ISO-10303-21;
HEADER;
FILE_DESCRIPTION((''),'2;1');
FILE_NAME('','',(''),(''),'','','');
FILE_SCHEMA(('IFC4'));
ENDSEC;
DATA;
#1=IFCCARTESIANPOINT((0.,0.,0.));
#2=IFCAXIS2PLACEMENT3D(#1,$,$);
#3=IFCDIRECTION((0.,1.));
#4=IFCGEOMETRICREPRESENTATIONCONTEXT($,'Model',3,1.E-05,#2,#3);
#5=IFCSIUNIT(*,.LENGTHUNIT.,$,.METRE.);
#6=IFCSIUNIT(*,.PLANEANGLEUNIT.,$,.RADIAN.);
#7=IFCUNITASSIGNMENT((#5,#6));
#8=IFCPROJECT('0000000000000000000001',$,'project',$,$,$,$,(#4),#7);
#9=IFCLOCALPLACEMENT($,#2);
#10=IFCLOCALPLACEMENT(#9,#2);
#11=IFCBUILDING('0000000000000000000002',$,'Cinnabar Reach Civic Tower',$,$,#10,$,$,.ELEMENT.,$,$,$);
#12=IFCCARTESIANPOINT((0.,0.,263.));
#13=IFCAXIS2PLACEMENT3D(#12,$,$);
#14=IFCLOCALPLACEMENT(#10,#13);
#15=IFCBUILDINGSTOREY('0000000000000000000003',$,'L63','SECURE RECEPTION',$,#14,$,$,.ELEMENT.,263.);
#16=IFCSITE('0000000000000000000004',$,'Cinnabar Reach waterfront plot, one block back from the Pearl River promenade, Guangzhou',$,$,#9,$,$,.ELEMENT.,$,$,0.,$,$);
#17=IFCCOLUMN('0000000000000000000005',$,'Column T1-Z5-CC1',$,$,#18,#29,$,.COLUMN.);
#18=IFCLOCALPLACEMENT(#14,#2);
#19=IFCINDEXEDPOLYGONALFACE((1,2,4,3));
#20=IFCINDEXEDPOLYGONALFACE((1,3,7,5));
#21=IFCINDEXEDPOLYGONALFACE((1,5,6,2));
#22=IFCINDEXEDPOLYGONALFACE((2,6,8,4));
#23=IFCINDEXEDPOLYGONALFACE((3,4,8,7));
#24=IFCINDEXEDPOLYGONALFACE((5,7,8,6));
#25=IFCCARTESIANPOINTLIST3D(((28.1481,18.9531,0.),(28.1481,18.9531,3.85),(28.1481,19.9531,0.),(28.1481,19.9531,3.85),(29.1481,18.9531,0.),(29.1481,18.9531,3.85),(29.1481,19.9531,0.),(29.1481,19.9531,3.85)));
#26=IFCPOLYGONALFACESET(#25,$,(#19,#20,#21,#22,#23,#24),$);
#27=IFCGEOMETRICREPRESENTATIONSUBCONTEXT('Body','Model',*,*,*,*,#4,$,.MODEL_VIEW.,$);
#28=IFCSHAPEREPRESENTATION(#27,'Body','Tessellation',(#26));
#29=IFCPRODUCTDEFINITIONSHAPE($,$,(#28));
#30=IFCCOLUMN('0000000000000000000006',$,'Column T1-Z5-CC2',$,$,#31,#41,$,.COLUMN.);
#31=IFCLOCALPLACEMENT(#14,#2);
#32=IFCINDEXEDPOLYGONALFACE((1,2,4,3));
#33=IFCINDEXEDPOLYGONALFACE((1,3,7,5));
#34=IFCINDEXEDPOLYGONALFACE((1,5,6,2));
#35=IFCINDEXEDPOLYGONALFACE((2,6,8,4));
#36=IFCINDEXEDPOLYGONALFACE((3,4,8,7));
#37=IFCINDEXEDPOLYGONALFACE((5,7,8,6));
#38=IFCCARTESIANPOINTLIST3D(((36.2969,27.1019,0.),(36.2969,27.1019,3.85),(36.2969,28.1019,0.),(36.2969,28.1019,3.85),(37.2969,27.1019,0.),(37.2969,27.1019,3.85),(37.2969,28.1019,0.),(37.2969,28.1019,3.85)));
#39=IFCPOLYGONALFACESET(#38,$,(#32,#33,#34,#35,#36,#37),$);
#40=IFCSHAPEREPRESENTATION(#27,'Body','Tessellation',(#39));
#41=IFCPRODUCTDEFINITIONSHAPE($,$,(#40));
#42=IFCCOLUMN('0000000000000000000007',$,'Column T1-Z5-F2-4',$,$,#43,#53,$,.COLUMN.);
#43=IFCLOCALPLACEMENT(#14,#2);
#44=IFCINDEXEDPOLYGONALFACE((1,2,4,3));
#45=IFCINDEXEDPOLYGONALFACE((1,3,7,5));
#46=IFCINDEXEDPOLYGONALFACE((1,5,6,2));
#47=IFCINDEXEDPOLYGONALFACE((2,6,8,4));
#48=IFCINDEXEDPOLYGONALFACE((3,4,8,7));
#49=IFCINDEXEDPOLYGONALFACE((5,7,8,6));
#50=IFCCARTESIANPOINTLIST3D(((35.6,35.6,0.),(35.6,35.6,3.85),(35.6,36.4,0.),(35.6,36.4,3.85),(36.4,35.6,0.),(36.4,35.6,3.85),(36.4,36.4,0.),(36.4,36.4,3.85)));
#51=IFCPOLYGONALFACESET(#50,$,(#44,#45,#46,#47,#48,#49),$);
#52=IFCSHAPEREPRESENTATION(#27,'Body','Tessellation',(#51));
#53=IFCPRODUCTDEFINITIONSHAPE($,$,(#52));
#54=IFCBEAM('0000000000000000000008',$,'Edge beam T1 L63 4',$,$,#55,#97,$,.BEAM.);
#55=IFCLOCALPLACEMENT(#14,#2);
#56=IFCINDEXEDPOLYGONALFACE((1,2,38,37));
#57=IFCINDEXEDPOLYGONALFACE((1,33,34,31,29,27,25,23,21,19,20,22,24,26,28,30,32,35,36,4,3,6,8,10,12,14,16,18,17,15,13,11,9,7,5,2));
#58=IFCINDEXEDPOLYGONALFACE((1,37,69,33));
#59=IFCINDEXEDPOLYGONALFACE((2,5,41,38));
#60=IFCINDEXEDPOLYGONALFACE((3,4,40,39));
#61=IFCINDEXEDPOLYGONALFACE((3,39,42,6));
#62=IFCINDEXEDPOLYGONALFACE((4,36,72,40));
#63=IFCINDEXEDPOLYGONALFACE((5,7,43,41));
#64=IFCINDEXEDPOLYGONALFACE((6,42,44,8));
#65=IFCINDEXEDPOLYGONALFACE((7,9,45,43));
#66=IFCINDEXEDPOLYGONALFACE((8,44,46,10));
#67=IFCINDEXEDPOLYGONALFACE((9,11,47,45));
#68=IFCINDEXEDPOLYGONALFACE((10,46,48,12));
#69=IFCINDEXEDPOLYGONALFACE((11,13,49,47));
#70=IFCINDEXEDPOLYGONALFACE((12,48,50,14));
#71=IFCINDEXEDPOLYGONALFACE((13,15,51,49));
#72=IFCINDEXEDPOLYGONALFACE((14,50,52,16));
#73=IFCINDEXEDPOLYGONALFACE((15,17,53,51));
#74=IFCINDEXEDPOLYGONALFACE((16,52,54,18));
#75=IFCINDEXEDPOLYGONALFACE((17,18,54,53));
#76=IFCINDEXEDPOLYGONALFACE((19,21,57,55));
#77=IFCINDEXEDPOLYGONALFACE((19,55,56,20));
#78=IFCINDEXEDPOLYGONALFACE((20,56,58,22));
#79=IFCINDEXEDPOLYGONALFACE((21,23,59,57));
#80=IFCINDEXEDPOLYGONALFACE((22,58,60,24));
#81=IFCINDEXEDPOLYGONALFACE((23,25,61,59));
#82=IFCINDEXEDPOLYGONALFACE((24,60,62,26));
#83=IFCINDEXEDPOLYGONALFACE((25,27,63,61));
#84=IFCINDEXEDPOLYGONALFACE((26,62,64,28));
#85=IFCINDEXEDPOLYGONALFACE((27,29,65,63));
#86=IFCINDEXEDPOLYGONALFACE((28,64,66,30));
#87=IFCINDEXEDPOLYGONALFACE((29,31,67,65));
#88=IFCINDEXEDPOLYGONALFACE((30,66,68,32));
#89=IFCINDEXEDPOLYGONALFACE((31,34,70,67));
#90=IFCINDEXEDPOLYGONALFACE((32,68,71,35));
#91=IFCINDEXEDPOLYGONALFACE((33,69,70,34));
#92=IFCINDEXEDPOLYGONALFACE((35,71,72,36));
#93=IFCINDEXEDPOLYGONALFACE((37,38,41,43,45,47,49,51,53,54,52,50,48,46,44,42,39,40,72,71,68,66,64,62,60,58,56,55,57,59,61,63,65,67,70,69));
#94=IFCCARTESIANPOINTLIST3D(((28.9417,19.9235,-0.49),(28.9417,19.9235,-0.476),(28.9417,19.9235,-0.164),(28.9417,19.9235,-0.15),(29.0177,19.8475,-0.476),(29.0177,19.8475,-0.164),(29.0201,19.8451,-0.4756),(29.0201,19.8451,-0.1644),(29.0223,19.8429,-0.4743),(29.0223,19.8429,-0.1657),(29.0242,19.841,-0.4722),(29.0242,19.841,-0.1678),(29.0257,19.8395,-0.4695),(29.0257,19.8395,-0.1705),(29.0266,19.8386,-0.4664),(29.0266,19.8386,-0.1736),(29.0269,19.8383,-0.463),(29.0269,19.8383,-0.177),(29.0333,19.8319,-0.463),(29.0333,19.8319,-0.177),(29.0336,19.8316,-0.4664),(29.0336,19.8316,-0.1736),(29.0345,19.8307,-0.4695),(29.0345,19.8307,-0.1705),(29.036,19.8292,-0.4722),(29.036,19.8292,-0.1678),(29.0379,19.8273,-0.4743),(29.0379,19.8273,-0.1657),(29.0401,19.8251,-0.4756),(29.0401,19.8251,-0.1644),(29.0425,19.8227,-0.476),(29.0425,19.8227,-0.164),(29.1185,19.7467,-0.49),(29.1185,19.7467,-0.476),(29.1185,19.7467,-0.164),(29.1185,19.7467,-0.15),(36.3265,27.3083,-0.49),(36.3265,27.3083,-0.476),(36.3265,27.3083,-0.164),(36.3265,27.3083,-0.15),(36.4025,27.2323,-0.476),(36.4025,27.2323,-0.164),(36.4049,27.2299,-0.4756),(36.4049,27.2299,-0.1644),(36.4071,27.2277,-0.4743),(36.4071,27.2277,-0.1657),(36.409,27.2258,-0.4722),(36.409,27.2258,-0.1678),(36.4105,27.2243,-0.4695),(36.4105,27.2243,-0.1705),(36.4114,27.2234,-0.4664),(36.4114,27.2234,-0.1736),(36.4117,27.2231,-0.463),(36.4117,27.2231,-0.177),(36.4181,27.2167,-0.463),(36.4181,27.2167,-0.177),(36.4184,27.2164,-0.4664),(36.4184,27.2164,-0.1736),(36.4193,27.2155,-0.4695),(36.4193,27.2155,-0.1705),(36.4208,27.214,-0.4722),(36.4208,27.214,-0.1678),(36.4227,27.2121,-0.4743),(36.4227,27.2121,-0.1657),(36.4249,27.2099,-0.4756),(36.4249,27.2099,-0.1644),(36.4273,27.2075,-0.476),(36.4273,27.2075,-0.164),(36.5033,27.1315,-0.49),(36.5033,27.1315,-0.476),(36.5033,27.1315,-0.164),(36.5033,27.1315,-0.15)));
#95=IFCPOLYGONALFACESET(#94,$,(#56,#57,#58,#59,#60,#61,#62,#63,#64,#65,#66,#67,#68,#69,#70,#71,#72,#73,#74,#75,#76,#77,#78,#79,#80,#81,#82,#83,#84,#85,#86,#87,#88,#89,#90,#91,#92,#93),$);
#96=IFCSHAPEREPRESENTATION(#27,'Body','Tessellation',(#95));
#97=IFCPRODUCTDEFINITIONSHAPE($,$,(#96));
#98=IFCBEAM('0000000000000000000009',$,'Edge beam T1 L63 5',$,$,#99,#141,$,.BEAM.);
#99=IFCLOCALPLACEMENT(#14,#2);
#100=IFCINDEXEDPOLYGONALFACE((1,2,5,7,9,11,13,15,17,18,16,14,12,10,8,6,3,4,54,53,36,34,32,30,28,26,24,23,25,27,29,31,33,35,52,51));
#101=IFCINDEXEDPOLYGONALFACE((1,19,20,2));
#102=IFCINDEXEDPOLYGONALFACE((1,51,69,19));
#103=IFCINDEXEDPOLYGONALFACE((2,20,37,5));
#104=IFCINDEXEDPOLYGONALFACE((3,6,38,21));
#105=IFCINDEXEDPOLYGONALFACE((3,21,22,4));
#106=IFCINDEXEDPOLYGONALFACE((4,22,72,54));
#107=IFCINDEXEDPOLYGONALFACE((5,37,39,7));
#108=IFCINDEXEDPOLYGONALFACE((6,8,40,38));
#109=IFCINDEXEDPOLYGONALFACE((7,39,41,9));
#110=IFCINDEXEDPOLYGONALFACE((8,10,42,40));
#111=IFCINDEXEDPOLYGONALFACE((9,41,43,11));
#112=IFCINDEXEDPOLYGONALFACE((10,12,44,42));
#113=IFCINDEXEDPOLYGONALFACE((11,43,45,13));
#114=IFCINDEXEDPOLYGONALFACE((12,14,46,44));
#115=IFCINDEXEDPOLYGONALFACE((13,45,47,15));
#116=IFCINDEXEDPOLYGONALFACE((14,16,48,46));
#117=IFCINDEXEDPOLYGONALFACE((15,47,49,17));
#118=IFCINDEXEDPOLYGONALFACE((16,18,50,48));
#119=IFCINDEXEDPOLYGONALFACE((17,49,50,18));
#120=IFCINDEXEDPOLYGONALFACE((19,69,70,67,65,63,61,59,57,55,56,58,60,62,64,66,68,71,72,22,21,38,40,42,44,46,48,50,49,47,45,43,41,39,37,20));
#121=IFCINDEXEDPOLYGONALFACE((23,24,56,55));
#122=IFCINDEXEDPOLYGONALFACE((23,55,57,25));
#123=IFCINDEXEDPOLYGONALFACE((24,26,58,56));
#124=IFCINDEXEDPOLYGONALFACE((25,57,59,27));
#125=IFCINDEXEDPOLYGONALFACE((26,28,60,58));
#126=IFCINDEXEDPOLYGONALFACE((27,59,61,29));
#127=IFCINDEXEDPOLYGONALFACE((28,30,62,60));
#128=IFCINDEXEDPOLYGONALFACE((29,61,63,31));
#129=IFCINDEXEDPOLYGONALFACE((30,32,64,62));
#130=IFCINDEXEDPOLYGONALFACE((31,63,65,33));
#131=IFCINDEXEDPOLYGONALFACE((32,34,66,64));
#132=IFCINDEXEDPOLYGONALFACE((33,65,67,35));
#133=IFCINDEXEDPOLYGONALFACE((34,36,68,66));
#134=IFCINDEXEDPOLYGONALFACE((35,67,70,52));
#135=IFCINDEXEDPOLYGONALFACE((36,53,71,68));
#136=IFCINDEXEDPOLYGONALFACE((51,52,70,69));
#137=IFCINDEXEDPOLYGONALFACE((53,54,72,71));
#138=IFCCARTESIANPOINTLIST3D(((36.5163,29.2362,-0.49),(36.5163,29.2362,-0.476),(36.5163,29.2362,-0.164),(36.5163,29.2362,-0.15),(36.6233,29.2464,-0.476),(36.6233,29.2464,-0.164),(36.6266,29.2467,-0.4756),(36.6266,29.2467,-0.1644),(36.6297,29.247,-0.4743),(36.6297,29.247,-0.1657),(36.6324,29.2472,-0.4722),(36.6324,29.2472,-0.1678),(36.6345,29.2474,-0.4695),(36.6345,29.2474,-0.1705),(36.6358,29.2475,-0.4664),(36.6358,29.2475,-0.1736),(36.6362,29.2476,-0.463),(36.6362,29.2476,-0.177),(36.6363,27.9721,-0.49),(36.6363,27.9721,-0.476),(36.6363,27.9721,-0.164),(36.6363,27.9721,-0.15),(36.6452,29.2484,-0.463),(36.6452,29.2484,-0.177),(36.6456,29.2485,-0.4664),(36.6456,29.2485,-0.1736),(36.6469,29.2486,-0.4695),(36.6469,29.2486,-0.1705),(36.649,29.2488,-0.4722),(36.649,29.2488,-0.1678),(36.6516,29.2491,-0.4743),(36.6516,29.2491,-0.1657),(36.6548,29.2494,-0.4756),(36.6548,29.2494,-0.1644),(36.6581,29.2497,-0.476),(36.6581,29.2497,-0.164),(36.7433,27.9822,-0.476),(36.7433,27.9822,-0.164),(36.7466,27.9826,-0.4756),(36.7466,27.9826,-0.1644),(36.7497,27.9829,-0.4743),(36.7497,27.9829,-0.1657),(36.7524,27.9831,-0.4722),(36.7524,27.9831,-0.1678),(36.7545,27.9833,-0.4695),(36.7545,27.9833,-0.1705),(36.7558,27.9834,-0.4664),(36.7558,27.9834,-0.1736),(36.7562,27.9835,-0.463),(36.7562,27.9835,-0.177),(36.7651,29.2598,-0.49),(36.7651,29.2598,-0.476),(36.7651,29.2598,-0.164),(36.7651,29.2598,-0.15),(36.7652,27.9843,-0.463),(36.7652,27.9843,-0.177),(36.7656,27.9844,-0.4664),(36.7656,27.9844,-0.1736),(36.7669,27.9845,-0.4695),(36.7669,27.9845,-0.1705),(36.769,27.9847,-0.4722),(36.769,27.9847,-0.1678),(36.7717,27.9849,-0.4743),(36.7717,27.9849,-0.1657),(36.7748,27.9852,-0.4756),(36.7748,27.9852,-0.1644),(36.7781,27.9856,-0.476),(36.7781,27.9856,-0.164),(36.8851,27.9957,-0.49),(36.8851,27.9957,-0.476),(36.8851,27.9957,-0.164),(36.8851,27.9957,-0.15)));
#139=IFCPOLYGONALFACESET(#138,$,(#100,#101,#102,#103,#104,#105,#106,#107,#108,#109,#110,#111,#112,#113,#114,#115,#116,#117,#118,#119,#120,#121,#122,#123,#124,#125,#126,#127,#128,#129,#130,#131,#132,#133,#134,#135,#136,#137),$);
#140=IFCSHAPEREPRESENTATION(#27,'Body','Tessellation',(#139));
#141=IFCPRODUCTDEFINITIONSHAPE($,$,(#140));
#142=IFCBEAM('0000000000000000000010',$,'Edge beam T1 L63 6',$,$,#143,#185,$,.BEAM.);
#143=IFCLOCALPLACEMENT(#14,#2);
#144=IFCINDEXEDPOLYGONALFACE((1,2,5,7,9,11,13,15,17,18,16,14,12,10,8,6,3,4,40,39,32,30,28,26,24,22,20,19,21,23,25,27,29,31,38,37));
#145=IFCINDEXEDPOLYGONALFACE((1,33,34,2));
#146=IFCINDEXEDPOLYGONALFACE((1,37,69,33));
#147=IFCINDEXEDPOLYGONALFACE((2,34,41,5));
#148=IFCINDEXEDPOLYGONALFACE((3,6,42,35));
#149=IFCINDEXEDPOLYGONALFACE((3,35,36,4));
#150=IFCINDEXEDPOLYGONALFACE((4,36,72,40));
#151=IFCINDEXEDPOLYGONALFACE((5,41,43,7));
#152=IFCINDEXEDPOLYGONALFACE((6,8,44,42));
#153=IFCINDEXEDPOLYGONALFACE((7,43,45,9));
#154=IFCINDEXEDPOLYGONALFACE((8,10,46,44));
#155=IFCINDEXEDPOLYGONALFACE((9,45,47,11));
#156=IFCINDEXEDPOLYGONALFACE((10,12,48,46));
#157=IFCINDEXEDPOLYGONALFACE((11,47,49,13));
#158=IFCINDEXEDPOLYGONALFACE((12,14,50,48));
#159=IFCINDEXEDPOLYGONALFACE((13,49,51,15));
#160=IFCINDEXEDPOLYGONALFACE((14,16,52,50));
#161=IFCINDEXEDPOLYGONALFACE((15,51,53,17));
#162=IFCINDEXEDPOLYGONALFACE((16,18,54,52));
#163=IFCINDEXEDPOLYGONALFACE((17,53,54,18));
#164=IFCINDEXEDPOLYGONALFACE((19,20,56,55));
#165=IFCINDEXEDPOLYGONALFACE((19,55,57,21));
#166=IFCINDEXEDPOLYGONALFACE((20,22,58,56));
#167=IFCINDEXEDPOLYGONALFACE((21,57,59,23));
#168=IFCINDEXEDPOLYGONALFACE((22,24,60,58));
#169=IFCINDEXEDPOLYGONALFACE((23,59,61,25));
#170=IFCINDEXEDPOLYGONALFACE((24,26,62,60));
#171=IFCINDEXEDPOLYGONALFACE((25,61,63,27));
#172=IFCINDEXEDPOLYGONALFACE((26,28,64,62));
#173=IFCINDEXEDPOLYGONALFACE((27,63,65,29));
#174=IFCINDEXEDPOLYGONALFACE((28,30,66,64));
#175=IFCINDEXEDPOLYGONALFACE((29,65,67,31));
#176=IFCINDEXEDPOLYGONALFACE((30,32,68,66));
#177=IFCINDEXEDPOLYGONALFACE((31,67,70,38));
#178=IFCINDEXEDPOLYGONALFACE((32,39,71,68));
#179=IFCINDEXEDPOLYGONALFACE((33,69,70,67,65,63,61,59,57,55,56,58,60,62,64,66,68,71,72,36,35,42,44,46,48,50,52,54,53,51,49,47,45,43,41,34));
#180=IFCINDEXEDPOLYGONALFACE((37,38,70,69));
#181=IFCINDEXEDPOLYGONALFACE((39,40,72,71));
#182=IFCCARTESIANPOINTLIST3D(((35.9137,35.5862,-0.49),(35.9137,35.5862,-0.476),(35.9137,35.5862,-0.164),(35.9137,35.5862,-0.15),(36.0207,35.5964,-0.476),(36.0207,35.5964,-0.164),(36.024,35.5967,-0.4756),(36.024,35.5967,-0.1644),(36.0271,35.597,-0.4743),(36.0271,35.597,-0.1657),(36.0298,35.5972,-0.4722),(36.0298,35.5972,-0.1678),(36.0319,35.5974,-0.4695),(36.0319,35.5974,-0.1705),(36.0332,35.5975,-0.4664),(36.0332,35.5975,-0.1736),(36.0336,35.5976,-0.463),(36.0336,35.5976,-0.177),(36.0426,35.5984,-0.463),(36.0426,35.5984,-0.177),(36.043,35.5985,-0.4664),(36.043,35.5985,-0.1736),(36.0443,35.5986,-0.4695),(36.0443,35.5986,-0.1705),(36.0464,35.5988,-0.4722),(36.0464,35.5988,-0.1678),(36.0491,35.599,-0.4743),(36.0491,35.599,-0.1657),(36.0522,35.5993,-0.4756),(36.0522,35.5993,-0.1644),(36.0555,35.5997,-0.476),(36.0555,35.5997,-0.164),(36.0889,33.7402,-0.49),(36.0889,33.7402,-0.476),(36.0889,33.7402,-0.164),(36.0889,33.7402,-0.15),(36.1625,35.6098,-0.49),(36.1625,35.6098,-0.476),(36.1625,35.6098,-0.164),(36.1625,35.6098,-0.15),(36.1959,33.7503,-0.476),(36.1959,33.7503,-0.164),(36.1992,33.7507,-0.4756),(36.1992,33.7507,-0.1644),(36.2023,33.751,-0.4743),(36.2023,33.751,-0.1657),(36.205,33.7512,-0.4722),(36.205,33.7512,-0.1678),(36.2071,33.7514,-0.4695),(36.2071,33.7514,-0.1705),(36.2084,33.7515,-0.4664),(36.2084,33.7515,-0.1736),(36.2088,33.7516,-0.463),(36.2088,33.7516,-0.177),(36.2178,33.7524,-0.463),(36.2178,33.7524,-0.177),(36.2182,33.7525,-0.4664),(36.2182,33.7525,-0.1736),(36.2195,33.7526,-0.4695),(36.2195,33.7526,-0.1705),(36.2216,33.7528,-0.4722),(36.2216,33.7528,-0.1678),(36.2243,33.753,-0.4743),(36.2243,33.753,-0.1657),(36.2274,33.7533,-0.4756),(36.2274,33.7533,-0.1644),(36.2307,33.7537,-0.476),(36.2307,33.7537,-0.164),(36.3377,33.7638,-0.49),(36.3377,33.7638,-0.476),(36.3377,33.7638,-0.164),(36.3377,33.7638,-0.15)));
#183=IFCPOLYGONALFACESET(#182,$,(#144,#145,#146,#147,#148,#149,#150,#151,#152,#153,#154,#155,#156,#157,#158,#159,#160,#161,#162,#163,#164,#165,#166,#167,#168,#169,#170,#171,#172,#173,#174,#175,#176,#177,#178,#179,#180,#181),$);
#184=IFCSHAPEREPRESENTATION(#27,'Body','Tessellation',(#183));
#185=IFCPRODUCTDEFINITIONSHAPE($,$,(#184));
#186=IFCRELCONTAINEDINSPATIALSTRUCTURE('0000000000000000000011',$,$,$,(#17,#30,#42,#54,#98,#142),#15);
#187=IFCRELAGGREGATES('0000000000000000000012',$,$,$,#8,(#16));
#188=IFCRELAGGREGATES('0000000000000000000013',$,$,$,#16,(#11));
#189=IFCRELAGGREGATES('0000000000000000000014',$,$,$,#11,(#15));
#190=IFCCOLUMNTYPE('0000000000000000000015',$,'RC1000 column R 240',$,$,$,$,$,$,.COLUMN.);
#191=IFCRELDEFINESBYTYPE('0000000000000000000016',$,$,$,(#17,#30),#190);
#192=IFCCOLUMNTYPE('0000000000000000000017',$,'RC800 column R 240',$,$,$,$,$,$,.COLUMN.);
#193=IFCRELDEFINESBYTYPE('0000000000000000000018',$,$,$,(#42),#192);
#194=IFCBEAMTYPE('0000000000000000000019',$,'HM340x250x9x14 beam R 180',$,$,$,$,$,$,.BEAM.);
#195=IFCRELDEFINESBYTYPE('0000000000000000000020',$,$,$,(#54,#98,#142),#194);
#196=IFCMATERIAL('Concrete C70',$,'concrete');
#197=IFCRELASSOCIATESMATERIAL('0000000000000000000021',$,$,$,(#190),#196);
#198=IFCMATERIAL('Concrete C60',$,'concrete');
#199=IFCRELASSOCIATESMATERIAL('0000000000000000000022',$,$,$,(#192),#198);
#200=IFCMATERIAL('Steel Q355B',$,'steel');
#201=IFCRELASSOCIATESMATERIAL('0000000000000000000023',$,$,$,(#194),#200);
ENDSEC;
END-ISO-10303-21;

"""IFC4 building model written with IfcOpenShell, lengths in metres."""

from ifc_helpers import new_model, si_unit, direction, frame, origin, origin_2d, place, context, subcontext, project, spatial, rectangle, i_section, extrude, material, material_profile, profile_set, type_object, element, save


model = new_model("IFC4")

# Units and contexts
model_context = context("Model", 3, precision=1e-05, world=origin(), true_north=direction((0.0, 1.0)))
body_context = subcontext(model_context, "Body", "Model", "MODEL_VIEW")
ifc_project = project(units=[si_unit("LENGTHUNIT", "METRE"), si_unit("PLANEANGLEUNIT", "RADIAN")], contexts=[model_context])

# Site, building, storey
site_placement = place(None, origin())
site = spatial("IfcSite", under=ifc_project, at=site_placement, Name="Cinnabar Reach waterfront plot, one block back from the Pearl River promenade, Guangzhou", CompositionType="ELEMENT", RefElevation=0.0)
building_placement = place(site_placement, origin())
building = spatial("IfcBuilding", under=site, at=building_placement, Name="Cinnabar Reach Civic Tower", CompositionType="ELEMENT")
storey_placement = place(building_placement, frame((0.0, 0.0, 263.0)))
storey = spatial("IfcBuildingStorey", under=building, at=storey_placement, Name="L63", Description="SECURE RECEPTION", CompositionType="ELEMENT", Elevation=263.0)

# Columns
ifc_material_1 = material(Name="Concrete C70", Category="concrete")
ifc_material_profile_1 = material_profile(ifc_material_1, rectangle(XDim=1.0, YDim=1.0, at=origin_2d()), Name="RC1000")
ifc_profile_set_1 = profile_set([ifc_material_profile_1], Name="Concrete C70")
column_type_1 = type_object("IfcColumnType", Name="RC1000 column R 240", PredefinedType="COLUMN", material=ifc_profile_set_1)
for number, where, z_axis, x_axis, name in (
    (1, (28.6481, 19.4531, 0.0), (0.0, 0.0, 1.0), (1.0, 0.0, 0.0), "Column T1-Z5-CC1"),
    (2, (36.7969, 27.6019, 0.0), (0.0, 0.0, 1.0), (1.0, 0.0, 0.0), "Column T1-Z5-CC2"),
):
    element("IfcColumn", number, at=place(storey_placement, frame(where, z_axis=z_axis, x_axis=x_axis)), inside=storey, type_object=column_type_1, Name=name, PredefinedType="COLUMN", context=body_context, shape_type="SweptSolid", body=[
        extrude(rectangle(XDim=1.0, YDim=1.0, at=origin_2d()), origin(), (0.0, 0.0, 1.0), 3.85),
    ])
ifc_material_2 = material(Name="Concrete C60", Category="concrete")
ifc_material_profile_2 = material_profile(ifc_material_2, rectangle(XDim=0.8, YDim=0.8, at=origin_2d()), Name="RC800")
ifc_profile_set_2 = profile_set([ifc_material_profile_2], Name="Concrete C60")
column_type_2 = type_object("IfcColumnType", Name="RC800 column R 240", PredefinedType="COLUMN", material=ifc_profile_set_2)
column_placement = place(storey_placement, frame((36.0, 36.0, 0.0), z_axis=(0.0, 0.0, 1.0), x_axis=(1.0, 0.0, 0.0)))
element("IfcColumn", 3, at=column_placement, inside=storey, type_object=column_type_2, Name="Column T1-Z5-F2-4", PredefinedType="COLUMN", context=body_context, shape_type="SweptSolid", body=[
    extrude(rectangle(XDim=0.8, YDim=0.8, at=origin_2d()), origin(), (0.0, 0.0, 1.0), 3.85),
])

# Beams
ifc_material_3 = material(Name="Steel Q355B", Category="steel")
ifc_material_profile_3 = material_profile(ifc_material_3, i_section(OverallWidth=0.25, OverallDepth=0.34, WebThickness=0.009, FlangeThickness=0.014, FilletRadius=0.013, at=origin_2d()), Name="HM340x250x9x14")
ifc_profile_set_3 = profile_set([ifc_material_profile_3], Name="Steel Q355B")
beam_type_1 = type_object("IfcBeamType", Name="HM340x250x9x14 beam R 180", PredefinedType="BEAM", material=ifc_profile_set_3)
beam_1_placement = place(storey_placement, frame((29.0301, 19.8351, -0.32), z_axis=(0.707107, 0.707107, 0.0), x_axis=(-0.707107, 0.707107, 0.0)))
element("IfcBeam", 4, at=beam_1_placement, inside=storey, type_object=beam_type_1, Name="Edge beam T1 L63 4", PredefinedType="BEAM", context=body_context, shape_type="SweptSolid", body=[
    extrude(i_section(OverallWidth=0.25, OverallDepth=0.34, WebThickness=0.009, FlangeThickness=0.014, FilletRadius=0.013, at=origin_2d()), origin(), (0.0, 0.0, 1.0), 10.4437),
])
beam_2_placement = place(storey_placement, frame((36.7607, 27.9839, -0.32), z_axis=(-0.094504, 0.995524, 0.0), x_axis=(-0.995524, -0.094504, 0.0)))
element("IfcBeam", 5, at=beam_2_placement, inside=storey, type_object=beam_type_1, Name="Edge beam T1 L63 5", PredefinedType="BEAM", context=body_context, shape_type="SweptSolid", body=[
    extrude(i_section(OverallWidth=0.25, OverallDepth=0.34, WebThickness=0.009, FlangeThickness=0.014, FilletRadius=0.013, at=origin_2d()), origin(), (0.0, 0.0, 1.0), 1.2698),
])
beam_3_placement = place(storey_placement, frame((36.2133, 33.752, -0.32), z_axis=(-0.094483, 0.995526, 0.0), x_axis=(-0.995526, -0.094483, 0.0)))
element("IfcBeam", 6, at=beam_3_placement, inside=storey, type_object=beam_type_1, Name="Edge beam T1 L63 6", PredefinedType="BEAM", context=body_context, shape_type="SweptSolid", body=[
    extrude(i_section(OverallWidth=0.25, OverallDepth=0.34, WebThickness=0.009, FlangeThickness=0.014, FilletRadius=0.013, at=origin_2d()), origin(), (0.0, 0.0, 1.0), 1.8543),
])

save(model, "model.ifc")
